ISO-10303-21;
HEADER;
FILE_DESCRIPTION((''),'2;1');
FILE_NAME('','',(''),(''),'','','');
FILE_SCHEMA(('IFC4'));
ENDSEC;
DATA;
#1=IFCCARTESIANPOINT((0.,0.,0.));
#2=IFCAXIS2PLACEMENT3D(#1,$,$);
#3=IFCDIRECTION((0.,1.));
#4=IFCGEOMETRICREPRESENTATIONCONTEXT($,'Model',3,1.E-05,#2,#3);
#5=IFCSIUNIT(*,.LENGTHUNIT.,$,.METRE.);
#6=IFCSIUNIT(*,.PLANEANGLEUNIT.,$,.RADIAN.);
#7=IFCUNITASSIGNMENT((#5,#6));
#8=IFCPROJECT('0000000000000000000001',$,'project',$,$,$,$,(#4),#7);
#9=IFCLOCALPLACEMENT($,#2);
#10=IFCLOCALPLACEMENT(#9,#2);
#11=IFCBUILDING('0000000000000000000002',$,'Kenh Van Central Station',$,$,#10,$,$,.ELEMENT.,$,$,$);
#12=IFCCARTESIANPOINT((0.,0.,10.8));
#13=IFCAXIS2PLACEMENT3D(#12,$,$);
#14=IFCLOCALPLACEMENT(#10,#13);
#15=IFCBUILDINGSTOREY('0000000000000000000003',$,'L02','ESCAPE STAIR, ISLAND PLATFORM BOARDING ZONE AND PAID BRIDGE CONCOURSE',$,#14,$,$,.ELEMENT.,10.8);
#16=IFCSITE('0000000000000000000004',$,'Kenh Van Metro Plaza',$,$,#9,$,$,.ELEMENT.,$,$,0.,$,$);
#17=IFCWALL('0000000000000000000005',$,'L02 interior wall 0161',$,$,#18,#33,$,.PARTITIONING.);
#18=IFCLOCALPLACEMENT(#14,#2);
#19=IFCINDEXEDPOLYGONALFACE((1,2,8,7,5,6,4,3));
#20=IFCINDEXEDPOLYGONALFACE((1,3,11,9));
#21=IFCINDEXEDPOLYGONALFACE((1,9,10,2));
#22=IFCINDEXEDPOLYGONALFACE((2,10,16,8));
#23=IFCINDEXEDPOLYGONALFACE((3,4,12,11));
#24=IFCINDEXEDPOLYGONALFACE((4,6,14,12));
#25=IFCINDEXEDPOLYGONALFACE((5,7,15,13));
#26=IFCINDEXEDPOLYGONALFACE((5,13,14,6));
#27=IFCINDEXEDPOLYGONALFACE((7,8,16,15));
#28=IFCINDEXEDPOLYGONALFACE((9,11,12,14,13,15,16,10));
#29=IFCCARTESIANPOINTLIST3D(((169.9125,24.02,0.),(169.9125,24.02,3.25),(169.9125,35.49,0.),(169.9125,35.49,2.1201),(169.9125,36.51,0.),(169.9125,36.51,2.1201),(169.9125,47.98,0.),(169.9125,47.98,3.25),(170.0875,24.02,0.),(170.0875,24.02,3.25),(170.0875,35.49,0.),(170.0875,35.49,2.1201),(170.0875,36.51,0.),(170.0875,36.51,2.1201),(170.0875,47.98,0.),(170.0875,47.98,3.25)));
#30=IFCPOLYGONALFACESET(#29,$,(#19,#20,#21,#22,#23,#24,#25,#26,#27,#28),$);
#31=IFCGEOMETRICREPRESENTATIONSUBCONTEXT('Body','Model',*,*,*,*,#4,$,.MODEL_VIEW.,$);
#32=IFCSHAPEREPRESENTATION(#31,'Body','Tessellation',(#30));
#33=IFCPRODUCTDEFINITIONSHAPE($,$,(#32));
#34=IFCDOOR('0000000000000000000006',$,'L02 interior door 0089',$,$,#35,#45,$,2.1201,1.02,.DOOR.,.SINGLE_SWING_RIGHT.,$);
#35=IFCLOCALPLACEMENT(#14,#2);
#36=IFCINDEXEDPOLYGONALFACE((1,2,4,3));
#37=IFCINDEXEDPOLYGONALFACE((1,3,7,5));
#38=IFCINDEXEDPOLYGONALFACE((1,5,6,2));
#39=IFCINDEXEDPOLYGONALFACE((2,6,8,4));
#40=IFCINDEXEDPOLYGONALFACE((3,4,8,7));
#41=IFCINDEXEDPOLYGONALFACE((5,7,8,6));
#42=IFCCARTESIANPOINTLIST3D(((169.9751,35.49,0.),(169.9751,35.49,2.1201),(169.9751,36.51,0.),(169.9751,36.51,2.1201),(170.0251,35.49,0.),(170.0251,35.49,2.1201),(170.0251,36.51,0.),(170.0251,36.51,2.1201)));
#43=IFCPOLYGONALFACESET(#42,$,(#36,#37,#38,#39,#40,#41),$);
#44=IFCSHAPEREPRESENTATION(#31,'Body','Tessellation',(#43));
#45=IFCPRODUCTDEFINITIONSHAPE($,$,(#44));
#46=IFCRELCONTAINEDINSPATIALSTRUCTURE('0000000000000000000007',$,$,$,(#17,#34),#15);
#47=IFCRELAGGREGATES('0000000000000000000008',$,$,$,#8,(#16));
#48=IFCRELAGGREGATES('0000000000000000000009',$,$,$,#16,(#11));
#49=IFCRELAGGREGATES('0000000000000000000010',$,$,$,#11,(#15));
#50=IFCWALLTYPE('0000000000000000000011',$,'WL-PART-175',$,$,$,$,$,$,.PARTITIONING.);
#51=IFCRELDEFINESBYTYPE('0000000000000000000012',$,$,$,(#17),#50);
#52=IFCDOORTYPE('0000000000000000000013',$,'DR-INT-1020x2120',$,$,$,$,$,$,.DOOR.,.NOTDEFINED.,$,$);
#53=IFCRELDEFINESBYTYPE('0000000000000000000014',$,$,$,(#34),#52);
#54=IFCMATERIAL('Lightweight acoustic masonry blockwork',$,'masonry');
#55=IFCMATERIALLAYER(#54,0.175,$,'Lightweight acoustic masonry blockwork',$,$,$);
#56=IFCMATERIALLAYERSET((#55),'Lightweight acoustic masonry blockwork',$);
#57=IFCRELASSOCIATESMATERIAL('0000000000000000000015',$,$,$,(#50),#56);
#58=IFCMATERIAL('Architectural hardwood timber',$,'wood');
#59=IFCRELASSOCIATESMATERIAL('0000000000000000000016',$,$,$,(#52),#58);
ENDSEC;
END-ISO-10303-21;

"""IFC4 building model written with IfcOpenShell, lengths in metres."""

from ifc_helpers import new_model, si_unit, direction, frame, frame_2d, origin, place, context, subcontext, project, spatial, rectangle, extrude, material, layer, layer_set, type_object, element, fill, save


model = new_model("IFC4")

# Units and contexts
model_context = context("Model", 3, precision=1e-05, world=origin(), true_north=direction((0.0, 1.0)))
body_context = subcontext(model_context, "Body", "Model", "MODEL_VIEW")
ifc_project = project(units=[si_unit("LENGTHUNIT", "METRE"), si_unit("PLANEANGLEUNIT", "RADIAN")], contexts=[model_context])

# Site, building, storey
site_placement = place(None, origin())
site = spatial("IfcSite", under=ifc_project, at=site_placement, Name="Kenh Van Metro Plaza", CompositionType="ELEMENT", RefElevation=0.0)
building_placement = place(site_placement, origin())
building = spatial("IfcBuilding", under=site, at=building_placement, Name="Kenh Van Central Station", CompositionType="ELEMENT")
storey_placement = place(building_placement, frame((0.0, 0.0, 10.8)))
storey = spatial("IfcBuildingStorey", under=building, at=storey_placement, Name="L02", Description="ESCAPE STAIR, ISLAND PLATFORM BOARDING ZONE AND PAID BRIDGE CONCOURSE", CompositionType="ELEMENT", Elevation=10.8)

# Wall, opening, door
ifc_material_1 = material(Name="Lightweight acoustic masonry blockwork", Category="masonry")
ifc_layer_1 = layer(ifc_material_1, 0.175, Name="Lightweight acoustic masonry blockwork")
ifc_layer_set_1 = layer_set([ifc_layer_1], Name="Lightweight acoustic masonry blockwork")
wall_type = type_object("IfcWallType", Name="WL-PART-175", PredefinedType="PARTITIONING", material=ifc_layer_set_1)
wall_placement = place(storey_placement, frame((170.0, 24.02, 0.0), z_axis=(0.0, 0.0, 1.0), x_axis=(0.0, 1.0, 0.0)))
wall = element("IfcWall", 1, at=wall_placement, inside=storey, type_object=wall_type, Name="L02 interior wall 0161", PredefinedType="PARTITIONING", context=body_context, shape_type="SweptSolid", body=[
    extrude(rectangle(XDim=23.96, YDim=0.175, at=frame_2d((11.98, 0.0))), origin(), (0.0, 0.0, 1.0), 3.25),
])
opening_placement = place(wall_placement, frame((11.47, 0.0, 0.0)))
opening = element("IfcOpeningElement", 2, at=opening_placement, cuts=wall, PredefinedType="OPENING", context=body_context, shape_type="SweptSolid", body=[
    extrude(rectangle(XDim=1.02, YDim=2.1201, at=frame_2d((0.51, 1.0601))), frame((0.0, 0.0974, 0.0), z_axis=(0.0, -1.0, 0.0), x_axis=(1.0, 0.0, 0.0)), (0.0, 0.0, 1.0), 0.1951),
])
ifc_material_2 = material(Name="Architectural hardwood timber", Category="wood")
door_type = type_object("IfcDoorType", Name="DR-INT-1020x2120", OperationType="NOTDEFINED", PredefinedType="DOOR", material=ifc_material_2)
door_placement = place(opening_placement, origin())
door = element("IfcDoor", 3, at=door_placement, inside=storey, type_object=door_type, Name="L02 interior door 0089", OperationType="SINGLE_SWING_RIGHT", OverallHeight=2.1201, OverallWidth=1.02, PredefinedType="DOOR", context=body_context, shape_type="SweptSolid", body=[
    extrude(rectangle(XDim=1.02, YDim=2.1201, at=frame_2d((0.51, 1.0601))), frame((0.0, 0.0249, 0.0), z_axis=(0.0, -1.0, 0.0), x_axis=(1.0, 0.0, 0.0)), (0.0, 0.0, 1.0), 0.05),
])
fill(opening, door)

save(model, "model.ifc")
